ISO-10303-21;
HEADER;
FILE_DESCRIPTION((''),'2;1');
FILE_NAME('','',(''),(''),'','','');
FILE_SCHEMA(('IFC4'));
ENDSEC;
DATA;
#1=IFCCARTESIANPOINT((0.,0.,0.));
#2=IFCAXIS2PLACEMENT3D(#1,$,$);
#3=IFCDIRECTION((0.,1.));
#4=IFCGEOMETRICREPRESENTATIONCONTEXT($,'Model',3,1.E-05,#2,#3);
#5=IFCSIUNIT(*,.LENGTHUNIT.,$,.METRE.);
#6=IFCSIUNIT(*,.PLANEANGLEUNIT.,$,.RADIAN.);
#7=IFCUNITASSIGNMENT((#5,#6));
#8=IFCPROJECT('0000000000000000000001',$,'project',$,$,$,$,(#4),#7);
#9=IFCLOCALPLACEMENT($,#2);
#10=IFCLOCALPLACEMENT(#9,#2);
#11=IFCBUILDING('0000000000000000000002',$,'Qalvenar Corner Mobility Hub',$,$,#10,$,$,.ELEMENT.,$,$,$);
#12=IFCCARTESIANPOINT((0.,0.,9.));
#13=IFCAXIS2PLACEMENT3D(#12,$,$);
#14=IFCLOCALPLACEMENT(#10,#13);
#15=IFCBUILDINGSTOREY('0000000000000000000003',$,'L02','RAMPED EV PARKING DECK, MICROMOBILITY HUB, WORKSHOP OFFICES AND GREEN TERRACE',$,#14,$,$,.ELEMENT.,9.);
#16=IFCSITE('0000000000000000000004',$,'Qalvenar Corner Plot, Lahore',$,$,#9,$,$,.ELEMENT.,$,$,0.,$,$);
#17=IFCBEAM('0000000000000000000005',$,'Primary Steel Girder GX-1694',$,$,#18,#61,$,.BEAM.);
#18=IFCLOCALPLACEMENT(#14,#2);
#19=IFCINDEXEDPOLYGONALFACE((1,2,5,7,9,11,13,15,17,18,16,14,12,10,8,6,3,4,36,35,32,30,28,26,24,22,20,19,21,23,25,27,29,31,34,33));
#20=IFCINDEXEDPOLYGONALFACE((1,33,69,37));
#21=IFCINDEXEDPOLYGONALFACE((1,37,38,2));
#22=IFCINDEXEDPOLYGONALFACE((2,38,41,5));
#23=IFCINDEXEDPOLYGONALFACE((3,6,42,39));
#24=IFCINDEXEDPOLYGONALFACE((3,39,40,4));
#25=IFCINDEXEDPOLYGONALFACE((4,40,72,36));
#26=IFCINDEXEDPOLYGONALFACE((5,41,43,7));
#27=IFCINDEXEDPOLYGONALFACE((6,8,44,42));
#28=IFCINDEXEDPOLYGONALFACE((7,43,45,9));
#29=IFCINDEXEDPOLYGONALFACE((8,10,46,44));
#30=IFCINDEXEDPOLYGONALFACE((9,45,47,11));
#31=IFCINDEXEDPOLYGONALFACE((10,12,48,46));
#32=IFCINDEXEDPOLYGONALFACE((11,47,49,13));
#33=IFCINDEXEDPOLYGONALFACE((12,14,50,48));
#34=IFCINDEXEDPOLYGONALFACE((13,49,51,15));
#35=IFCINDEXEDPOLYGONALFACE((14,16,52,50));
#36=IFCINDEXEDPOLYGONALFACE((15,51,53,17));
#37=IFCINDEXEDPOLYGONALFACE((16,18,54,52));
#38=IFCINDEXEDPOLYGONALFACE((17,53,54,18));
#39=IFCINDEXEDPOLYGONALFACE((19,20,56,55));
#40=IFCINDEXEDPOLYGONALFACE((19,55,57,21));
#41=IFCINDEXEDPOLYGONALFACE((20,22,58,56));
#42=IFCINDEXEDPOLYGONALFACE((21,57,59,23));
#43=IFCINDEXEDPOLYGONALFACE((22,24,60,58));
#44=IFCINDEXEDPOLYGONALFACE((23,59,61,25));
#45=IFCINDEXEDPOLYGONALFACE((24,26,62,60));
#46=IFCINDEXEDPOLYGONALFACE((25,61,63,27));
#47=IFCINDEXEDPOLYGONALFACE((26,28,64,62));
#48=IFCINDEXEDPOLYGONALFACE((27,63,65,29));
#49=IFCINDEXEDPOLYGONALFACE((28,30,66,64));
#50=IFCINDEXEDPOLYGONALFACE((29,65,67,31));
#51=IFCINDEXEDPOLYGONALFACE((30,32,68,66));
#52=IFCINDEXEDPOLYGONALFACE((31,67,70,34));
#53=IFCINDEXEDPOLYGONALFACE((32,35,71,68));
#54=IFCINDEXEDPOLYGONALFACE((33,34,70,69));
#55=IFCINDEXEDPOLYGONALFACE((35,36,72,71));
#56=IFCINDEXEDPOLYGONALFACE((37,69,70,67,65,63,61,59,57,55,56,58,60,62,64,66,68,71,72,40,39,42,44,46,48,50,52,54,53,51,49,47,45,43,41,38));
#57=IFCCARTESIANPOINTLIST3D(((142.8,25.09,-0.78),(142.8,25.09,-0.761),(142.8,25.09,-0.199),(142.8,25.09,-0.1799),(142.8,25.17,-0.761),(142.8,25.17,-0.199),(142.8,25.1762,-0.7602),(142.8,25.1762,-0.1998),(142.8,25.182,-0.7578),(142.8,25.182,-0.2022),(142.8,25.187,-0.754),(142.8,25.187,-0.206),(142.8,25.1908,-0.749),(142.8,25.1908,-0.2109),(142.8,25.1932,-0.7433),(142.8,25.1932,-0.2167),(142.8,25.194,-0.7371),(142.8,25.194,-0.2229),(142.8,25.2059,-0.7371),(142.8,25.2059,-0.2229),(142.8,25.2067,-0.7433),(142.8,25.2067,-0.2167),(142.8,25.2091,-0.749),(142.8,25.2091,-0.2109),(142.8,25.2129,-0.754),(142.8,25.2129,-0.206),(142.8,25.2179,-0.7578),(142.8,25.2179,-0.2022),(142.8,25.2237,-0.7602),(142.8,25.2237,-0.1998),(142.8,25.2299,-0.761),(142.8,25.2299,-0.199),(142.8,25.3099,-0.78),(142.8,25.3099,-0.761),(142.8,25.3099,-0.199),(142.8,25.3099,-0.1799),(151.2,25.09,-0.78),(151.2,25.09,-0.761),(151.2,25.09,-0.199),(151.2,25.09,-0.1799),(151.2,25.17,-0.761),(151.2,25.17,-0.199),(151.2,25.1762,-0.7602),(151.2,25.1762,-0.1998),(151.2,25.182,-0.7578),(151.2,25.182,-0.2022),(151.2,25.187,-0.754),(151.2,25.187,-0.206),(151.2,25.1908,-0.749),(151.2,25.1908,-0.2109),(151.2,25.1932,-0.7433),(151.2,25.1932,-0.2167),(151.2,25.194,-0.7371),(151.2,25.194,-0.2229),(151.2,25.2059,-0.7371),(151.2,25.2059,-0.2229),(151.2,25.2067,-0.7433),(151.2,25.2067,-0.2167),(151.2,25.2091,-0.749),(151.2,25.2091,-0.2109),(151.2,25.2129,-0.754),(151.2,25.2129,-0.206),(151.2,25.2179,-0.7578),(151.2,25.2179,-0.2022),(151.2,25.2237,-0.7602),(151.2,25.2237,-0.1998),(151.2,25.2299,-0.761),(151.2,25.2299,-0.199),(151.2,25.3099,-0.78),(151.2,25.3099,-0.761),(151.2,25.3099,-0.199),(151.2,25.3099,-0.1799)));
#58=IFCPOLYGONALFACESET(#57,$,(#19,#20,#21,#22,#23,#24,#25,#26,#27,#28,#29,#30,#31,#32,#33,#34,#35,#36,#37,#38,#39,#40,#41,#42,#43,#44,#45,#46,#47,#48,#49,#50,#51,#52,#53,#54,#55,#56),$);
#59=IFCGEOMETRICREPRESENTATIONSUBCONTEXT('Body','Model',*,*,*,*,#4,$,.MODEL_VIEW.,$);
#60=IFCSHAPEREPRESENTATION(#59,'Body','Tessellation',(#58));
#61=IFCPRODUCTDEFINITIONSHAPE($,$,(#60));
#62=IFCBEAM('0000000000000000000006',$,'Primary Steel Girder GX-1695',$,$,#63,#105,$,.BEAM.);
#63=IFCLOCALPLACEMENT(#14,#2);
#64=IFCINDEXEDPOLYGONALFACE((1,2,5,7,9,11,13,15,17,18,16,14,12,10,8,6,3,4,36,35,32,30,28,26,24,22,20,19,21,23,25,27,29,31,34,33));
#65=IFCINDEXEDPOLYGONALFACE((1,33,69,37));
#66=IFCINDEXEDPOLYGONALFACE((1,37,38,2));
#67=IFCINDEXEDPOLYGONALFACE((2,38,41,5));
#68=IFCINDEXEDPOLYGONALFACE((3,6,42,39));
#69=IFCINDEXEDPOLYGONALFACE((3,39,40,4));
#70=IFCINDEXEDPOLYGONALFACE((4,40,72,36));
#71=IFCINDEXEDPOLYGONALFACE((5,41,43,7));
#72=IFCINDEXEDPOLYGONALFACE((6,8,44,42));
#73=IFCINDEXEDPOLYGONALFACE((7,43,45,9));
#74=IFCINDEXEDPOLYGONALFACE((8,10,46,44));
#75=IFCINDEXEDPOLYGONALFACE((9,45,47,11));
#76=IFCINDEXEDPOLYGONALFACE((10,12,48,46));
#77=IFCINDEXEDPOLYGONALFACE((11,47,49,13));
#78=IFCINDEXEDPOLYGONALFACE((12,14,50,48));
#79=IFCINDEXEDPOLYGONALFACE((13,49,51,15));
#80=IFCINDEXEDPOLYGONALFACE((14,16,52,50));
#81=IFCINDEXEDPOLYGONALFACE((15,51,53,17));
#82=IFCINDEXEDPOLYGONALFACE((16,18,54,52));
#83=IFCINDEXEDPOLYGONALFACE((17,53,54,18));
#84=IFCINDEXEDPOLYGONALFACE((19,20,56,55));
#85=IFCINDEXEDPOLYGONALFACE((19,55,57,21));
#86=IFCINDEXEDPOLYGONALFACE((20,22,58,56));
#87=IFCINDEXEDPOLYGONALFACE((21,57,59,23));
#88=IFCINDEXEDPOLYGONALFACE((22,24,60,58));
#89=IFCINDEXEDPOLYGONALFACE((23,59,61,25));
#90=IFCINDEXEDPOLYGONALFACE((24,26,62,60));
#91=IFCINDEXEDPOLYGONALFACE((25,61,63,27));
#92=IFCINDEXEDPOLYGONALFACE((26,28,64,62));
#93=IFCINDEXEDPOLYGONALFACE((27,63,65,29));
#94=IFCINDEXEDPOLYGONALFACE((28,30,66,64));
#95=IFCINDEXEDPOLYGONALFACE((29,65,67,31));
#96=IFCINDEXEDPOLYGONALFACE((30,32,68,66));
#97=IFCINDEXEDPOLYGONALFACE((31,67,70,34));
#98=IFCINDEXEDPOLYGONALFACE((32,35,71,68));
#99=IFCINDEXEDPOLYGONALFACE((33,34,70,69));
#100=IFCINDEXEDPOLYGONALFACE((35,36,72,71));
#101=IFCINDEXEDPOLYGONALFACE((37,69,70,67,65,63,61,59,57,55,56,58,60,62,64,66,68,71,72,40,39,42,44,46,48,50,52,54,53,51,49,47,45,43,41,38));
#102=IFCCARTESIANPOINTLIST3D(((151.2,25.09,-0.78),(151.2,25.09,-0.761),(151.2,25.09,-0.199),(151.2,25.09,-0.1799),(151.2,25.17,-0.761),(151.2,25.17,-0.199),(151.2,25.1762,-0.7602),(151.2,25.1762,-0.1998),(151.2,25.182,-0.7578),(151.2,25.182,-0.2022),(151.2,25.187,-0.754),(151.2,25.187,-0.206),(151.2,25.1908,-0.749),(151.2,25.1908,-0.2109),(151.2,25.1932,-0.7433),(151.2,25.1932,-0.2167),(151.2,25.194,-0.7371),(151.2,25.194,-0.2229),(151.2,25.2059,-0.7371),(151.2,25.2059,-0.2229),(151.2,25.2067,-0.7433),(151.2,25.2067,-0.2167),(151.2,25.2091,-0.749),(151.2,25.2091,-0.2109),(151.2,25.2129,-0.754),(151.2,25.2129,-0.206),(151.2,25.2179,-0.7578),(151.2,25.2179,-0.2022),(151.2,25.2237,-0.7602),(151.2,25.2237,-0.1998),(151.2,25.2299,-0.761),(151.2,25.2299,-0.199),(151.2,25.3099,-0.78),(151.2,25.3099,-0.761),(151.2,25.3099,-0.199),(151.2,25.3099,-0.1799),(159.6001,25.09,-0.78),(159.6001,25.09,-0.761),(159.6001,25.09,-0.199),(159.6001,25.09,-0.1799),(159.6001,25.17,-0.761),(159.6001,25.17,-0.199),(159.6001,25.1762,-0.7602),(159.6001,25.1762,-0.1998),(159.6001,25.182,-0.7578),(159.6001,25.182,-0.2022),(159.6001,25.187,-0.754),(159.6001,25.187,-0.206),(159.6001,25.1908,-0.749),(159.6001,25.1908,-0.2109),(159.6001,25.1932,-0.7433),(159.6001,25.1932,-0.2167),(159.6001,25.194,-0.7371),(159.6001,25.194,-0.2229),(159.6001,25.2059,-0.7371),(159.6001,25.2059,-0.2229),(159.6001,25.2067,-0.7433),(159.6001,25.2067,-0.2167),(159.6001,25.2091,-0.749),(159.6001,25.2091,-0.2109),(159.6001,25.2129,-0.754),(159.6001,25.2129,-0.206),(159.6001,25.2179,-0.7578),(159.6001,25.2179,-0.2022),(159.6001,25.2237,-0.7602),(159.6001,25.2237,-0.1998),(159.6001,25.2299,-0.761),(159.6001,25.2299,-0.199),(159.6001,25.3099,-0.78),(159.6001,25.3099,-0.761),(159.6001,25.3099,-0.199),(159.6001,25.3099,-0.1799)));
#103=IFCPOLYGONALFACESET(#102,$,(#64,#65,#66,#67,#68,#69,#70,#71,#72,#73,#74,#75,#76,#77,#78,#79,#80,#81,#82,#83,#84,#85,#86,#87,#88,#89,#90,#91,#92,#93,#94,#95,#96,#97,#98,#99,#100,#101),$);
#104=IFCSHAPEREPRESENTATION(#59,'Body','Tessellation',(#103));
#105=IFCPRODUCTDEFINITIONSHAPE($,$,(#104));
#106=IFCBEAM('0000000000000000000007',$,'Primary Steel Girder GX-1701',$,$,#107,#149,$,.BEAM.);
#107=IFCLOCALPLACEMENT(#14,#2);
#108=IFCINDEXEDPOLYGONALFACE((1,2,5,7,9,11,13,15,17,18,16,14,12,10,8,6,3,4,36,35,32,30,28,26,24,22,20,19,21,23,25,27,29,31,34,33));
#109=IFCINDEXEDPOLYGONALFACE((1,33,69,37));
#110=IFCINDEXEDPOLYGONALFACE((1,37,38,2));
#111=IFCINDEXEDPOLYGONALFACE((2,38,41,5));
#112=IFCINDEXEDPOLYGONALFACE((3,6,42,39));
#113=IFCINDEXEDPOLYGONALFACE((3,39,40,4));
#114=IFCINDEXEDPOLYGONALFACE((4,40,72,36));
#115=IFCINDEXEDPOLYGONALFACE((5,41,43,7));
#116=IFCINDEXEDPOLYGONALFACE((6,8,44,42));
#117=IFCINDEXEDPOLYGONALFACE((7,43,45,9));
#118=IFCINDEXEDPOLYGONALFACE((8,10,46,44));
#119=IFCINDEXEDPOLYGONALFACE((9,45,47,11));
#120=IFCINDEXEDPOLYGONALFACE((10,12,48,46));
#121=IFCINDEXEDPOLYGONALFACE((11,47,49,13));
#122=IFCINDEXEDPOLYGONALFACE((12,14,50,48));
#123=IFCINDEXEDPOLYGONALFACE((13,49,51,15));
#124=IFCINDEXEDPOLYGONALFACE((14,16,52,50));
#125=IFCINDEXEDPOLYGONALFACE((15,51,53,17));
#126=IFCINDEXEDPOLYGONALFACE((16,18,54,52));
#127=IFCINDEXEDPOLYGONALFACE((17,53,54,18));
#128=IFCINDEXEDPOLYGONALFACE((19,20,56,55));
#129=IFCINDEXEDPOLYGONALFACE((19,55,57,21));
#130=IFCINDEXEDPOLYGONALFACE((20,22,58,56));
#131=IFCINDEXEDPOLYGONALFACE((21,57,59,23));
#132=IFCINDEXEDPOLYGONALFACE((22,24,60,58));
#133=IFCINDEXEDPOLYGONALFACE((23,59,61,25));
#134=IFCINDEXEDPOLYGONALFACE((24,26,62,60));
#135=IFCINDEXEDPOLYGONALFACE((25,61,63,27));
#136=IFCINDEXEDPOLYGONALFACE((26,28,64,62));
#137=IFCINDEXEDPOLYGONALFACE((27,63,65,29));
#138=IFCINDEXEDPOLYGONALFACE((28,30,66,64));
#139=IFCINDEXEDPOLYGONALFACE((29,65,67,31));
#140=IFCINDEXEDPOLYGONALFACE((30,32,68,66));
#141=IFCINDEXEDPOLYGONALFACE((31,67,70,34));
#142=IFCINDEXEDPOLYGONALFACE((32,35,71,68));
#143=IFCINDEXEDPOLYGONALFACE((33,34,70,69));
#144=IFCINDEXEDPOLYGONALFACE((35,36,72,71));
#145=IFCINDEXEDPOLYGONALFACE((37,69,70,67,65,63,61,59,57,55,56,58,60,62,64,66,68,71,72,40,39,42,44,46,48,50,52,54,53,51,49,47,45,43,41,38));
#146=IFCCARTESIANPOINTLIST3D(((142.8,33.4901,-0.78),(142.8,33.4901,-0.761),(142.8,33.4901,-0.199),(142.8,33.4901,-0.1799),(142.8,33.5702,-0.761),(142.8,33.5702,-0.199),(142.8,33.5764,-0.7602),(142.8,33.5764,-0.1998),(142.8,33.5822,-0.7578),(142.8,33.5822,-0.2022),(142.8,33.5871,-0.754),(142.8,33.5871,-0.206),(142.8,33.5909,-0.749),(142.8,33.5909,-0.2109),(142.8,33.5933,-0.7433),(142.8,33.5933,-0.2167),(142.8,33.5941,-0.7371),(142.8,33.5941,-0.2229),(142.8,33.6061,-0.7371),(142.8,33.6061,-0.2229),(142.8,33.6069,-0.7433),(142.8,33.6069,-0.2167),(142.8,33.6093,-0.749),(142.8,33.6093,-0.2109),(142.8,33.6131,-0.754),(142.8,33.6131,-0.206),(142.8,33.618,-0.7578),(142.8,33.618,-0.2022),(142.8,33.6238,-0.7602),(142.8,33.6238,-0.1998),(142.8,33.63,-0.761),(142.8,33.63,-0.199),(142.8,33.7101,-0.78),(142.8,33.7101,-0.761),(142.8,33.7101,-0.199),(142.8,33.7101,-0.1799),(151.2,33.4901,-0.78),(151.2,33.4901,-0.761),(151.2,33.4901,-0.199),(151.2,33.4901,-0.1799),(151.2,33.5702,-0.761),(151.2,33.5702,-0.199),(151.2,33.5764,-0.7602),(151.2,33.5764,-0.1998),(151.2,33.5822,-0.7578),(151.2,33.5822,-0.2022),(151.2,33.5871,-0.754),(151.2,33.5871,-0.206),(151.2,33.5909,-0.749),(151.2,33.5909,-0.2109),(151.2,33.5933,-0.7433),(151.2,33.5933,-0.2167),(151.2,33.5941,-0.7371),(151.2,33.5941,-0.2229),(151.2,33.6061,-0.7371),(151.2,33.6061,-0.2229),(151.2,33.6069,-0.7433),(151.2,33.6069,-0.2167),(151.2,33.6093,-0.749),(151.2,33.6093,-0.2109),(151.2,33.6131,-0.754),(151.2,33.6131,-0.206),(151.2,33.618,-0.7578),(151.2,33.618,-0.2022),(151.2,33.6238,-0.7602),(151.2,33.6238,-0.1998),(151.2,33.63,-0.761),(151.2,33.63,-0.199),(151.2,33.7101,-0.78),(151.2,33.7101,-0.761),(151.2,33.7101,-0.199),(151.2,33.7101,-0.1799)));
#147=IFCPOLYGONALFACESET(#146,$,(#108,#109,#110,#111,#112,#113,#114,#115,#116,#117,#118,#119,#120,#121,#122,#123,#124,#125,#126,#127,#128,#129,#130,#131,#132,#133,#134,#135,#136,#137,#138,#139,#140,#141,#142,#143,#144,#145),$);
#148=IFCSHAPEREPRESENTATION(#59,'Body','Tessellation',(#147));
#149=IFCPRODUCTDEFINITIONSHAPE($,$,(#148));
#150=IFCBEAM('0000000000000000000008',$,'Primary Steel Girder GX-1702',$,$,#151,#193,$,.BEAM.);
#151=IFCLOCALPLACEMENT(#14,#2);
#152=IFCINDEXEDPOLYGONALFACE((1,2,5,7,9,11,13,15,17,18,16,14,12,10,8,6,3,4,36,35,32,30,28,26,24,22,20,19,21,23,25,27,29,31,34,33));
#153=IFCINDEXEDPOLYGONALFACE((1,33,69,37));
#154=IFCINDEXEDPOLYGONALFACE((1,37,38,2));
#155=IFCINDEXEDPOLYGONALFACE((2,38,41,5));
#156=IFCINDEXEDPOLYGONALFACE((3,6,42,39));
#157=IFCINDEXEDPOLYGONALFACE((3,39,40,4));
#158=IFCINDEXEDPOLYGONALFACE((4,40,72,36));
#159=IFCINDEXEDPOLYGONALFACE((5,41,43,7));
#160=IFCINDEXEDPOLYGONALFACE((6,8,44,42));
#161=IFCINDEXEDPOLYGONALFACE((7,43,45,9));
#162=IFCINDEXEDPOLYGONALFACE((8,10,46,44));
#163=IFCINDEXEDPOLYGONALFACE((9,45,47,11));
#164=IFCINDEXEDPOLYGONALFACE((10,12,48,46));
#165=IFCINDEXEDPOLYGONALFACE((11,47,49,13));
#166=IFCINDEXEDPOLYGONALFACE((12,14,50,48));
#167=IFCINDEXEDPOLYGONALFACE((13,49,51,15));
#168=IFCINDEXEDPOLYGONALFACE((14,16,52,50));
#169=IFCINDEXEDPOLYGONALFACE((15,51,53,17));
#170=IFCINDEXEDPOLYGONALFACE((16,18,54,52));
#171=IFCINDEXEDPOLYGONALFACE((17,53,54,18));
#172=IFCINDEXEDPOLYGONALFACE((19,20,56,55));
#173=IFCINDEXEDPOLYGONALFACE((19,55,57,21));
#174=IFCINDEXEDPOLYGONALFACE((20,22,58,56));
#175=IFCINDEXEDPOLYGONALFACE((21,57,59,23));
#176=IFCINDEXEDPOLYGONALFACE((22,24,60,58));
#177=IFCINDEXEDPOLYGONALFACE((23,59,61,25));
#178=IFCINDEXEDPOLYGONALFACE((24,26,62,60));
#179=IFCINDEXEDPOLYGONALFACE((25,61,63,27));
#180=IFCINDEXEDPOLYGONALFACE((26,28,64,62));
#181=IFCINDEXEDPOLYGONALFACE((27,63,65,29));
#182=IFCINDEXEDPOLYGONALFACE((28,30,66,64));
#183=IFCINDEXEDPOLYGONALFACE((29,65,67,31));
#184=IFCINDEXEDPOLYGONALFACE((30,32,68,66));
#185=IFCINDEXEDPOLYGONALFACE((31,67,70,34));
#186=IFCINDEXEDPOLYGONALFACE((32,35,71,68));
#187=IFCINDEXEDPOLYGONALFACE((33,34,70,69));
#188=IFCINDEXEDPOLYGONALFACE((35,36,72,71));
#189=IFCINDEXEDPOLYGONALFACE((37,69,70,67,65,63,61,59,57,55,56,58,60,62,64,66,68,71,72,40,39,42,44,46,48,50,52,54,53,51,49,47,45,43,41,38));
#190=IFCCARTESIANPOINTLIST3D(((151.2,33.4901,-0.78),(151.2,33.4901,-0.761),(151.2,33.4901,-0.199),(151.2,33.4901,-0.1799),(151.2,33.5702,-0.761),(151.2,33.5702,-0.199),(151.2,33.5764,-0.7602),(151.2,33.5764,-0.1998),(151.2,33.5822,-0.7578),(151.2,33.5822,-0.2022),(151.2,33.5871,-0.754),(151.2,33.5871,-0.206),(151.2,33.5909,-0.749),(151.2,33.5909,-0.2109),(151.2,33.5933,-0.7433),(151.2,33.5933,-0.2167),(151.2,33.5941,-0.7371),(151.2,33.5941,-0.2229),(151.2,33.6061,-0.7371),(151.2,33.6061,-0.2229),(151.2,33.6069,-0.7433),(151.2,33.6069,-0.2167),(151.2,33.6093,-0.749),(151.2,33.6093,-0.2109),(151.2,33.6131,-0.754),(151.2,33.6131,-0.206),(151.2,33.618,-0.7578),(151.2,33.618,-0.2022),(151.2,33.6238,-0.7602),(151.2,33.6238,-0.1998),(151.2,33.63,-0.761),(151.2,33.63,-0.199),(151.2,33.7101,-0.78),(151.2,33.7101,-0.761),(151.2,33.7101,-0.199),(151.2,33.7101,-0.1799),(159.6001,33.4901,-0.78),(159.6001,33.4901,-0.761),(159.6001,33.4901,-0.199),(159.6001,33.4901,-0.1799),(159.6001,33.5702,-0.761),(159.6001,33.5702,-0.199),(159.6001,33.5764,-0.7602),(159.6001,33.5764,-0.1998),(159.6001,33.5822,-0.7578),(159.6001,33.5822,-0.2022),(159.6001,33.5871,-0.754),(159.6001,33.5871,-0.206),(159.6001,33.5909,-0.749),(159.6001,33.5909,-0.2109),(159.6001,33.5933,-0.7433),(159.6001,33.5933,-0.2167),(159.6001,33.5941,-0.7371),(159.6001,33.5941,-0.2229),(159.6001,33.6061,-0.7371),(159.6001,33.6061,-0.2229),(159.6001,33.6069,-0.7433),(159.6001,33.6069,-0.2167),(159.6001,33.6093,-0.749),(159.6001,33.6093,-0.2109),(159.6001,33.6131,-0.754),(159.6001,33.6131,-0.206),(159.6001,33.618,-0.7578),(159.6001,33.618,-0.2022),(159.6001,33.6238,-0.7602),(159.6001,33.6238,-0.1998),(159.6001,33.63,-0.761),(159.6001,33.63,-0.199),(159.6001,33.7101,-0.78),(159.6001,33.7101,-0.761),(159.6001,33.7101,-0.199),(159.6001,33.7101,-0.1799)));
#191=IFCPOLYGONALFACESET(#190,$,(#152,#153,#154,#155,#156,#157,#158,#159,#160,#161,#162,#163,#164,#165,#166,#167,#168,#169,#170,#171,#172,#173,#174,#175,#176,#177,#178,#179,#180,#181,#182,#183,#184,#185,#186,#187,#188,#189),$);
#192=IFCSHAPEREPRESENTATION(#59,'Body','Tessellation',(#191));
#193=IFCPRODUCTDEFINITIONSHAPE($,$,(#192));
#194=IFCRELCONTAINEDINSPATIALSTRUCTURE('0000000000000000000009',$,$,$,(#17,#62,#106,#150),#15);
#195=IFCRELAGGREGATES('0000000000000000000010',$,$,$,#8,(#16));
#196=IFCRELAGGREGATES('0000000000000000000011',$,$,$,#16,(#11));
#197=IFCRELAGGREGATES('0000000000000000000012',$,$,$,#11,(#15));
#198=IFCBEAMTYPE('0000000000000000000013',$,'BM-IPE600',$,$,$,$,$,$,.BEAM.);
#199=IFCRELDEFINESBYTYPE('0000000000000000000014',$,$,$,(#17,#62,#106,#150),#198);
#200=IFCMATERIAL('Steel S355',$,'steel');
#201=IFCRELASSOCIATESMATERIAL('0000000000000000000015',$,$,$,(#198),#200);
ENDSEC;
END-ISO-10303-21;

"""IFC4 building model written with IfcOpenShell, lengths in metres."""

from ifc_helpers import new_model, si_unit, direction, frame, origin, origin_2d, place, context, subcontext, project, spatial, i_section, extrude, material, material_profile, profile_set, type_object, element, save


model = new_model("IFC4")

# Units and contexts
model_context = context("Model", 3, precision=1e-05, world=origin(), true_north=direction((0.0, 1.0)))
body_context = subcontext(model_context, "Body", "Model", "MODEL_VIEW")
ifc_project = project(units=[si_unit("LENGTHUNIT", "METRE"), si_unit("PLANEANGLEUNIT", "RADIAN")], contexts=[model_context])

# Site, building, storey
site_placement = place(None, origin())
site = spatial("IfcSite", under=ifc_project, at=site_placement, Name="Qalvenar Corner Plot, Lahore", CompositionType="ELEMENT", RefElevation=0.0)
building_placement = place(site_placement, origin())
building = spatial("IfcBuilding", under=site, at=building_placement, Name="Qalvenar Corner Mobility Hub", CompositionType="ELEMENT")
storey_placement = place(building_placement, frame((0.0, 0.0, 9.0)))
storey = spatial("IfcBuildingStorey", under=building, at=storey_placement, Name="L02", Description="RAMPED EV PARKING DECK, MICROMOBILITY HUB, WORKSHOP OFFICES AND GREEN TERRACE", CompositionType="ELEMENT", Elevation=9.0)

# Shared definitions
ifc_material_1 = material(Name="Steel S355", Category="steel")

# Beams
ifc_material_profile_1 = material_profile(ifc_material_1, i_section(OverallWidth=0.22, OverallDepth=0.6001, WebThickness=0.012, FlangeThickness=0.019, FilletRadius=0.0239, at=origin_2d()), Name="IPE600")
ifc_profile_set_1 = profile_set([ifc_material_profile_1], Name="Steel S355")
beam_type_1 = type_object("IfcBeamType", Name="BM-IPE600", PredefinedType="BEAM", material=ifc_profile_set_1)
beam_1_placement = place(storey_placement, frame((142.8, 25.2, -0.48), z_axis=(1.0, 0.0, 0.0), x_axis=(0.0, 1.0, 0.0)))
element("IfcBeam", 1, at=beam_1_placement, inside=storey, type_object=beam_type_1, Name="Primary Steel Girder GX-1694", PredefinedType="BEAM", context=body_context, shape_type="SweptSolid", body=[
    extrude(i_section(OverallWidth=0.22, OverallDepth=0.6001, WebThickness=0.012, FlangeThickness=0.019, FilletRadius=0.0239, at=origin_2d()), origin(), (0.0, 0.0, 1.0), 8.3999),
])
beam_2_placement = place(storey_placement, frame((151.2, 25.2, -0.48), z_axis=(1.0, 0.0, 0.0), x_axis=(0.0, 1.0, 0.0)))
element("IfcBeam", 2, at=beam_2_placement, inside=storey, type_object=beam_type_1, Name="Primary Steel Girder GX-1695", PredefinedType="BEAM", context=body_context, shape_type="SweptSolid", body=[
    extrude(i_section(OverallWidth=0.22, OverallDepth=0.6001, WebThickness=0.012, FlangeThickness=0.019, FilletRadius=0.0239, at=origin_2d()), origin(), (0.0, 0.0, 1.0), 8.4001),
])
beam_3_placement = place(storey_placement, frame((142.8, 33.6001, -0.48), z_axis=(1.0, 0.0, 0.0), x_axis=(0.0, 1.0, 0.0)))
element("IfcBeam", 3, at=beam_3_placement, inside=storey, type_object=beam_type_1, Name="Primary Steel Girder GX-1701", PredefinedType="BEAM", context=body_context, shape_type="SweptSolid", body=[
    extrude(i_section(OverallWidth=0.22, OverallDepth=0.6001, WebThickness=0.012, FlangeThickness=0.019, FilletRadius=0.0239, at=origin_2d()), origin(), (0.0, 0.0, 1.0), 8.3999),
])
beam_4_placement = place(storey_placement, frame((151.2, 33.6001, -0.48), z_axis=(1.0, 0.0, 0.0), x_axis=(0.0, 1.0, 0.0)))
element("IfcBeam", 4, at=beam_4_placement, inside=storey, type_object=beam_type_1, Name="Primary Steel Girder GX-1702", PredefinedType="BEAM", context=body_context, shape_type="SweptSolid", body=[
    extrude(i_section(OverallWidth=0.22, OverallDepth=0.6001, WebThickness=0.012, FlangeThickness=0.019, FilletRadius=0.0239, at=origin_2d()), origin(), (0.0, 0.0, 1.0), 8.4001),
])

save(model, "model.ifc")
